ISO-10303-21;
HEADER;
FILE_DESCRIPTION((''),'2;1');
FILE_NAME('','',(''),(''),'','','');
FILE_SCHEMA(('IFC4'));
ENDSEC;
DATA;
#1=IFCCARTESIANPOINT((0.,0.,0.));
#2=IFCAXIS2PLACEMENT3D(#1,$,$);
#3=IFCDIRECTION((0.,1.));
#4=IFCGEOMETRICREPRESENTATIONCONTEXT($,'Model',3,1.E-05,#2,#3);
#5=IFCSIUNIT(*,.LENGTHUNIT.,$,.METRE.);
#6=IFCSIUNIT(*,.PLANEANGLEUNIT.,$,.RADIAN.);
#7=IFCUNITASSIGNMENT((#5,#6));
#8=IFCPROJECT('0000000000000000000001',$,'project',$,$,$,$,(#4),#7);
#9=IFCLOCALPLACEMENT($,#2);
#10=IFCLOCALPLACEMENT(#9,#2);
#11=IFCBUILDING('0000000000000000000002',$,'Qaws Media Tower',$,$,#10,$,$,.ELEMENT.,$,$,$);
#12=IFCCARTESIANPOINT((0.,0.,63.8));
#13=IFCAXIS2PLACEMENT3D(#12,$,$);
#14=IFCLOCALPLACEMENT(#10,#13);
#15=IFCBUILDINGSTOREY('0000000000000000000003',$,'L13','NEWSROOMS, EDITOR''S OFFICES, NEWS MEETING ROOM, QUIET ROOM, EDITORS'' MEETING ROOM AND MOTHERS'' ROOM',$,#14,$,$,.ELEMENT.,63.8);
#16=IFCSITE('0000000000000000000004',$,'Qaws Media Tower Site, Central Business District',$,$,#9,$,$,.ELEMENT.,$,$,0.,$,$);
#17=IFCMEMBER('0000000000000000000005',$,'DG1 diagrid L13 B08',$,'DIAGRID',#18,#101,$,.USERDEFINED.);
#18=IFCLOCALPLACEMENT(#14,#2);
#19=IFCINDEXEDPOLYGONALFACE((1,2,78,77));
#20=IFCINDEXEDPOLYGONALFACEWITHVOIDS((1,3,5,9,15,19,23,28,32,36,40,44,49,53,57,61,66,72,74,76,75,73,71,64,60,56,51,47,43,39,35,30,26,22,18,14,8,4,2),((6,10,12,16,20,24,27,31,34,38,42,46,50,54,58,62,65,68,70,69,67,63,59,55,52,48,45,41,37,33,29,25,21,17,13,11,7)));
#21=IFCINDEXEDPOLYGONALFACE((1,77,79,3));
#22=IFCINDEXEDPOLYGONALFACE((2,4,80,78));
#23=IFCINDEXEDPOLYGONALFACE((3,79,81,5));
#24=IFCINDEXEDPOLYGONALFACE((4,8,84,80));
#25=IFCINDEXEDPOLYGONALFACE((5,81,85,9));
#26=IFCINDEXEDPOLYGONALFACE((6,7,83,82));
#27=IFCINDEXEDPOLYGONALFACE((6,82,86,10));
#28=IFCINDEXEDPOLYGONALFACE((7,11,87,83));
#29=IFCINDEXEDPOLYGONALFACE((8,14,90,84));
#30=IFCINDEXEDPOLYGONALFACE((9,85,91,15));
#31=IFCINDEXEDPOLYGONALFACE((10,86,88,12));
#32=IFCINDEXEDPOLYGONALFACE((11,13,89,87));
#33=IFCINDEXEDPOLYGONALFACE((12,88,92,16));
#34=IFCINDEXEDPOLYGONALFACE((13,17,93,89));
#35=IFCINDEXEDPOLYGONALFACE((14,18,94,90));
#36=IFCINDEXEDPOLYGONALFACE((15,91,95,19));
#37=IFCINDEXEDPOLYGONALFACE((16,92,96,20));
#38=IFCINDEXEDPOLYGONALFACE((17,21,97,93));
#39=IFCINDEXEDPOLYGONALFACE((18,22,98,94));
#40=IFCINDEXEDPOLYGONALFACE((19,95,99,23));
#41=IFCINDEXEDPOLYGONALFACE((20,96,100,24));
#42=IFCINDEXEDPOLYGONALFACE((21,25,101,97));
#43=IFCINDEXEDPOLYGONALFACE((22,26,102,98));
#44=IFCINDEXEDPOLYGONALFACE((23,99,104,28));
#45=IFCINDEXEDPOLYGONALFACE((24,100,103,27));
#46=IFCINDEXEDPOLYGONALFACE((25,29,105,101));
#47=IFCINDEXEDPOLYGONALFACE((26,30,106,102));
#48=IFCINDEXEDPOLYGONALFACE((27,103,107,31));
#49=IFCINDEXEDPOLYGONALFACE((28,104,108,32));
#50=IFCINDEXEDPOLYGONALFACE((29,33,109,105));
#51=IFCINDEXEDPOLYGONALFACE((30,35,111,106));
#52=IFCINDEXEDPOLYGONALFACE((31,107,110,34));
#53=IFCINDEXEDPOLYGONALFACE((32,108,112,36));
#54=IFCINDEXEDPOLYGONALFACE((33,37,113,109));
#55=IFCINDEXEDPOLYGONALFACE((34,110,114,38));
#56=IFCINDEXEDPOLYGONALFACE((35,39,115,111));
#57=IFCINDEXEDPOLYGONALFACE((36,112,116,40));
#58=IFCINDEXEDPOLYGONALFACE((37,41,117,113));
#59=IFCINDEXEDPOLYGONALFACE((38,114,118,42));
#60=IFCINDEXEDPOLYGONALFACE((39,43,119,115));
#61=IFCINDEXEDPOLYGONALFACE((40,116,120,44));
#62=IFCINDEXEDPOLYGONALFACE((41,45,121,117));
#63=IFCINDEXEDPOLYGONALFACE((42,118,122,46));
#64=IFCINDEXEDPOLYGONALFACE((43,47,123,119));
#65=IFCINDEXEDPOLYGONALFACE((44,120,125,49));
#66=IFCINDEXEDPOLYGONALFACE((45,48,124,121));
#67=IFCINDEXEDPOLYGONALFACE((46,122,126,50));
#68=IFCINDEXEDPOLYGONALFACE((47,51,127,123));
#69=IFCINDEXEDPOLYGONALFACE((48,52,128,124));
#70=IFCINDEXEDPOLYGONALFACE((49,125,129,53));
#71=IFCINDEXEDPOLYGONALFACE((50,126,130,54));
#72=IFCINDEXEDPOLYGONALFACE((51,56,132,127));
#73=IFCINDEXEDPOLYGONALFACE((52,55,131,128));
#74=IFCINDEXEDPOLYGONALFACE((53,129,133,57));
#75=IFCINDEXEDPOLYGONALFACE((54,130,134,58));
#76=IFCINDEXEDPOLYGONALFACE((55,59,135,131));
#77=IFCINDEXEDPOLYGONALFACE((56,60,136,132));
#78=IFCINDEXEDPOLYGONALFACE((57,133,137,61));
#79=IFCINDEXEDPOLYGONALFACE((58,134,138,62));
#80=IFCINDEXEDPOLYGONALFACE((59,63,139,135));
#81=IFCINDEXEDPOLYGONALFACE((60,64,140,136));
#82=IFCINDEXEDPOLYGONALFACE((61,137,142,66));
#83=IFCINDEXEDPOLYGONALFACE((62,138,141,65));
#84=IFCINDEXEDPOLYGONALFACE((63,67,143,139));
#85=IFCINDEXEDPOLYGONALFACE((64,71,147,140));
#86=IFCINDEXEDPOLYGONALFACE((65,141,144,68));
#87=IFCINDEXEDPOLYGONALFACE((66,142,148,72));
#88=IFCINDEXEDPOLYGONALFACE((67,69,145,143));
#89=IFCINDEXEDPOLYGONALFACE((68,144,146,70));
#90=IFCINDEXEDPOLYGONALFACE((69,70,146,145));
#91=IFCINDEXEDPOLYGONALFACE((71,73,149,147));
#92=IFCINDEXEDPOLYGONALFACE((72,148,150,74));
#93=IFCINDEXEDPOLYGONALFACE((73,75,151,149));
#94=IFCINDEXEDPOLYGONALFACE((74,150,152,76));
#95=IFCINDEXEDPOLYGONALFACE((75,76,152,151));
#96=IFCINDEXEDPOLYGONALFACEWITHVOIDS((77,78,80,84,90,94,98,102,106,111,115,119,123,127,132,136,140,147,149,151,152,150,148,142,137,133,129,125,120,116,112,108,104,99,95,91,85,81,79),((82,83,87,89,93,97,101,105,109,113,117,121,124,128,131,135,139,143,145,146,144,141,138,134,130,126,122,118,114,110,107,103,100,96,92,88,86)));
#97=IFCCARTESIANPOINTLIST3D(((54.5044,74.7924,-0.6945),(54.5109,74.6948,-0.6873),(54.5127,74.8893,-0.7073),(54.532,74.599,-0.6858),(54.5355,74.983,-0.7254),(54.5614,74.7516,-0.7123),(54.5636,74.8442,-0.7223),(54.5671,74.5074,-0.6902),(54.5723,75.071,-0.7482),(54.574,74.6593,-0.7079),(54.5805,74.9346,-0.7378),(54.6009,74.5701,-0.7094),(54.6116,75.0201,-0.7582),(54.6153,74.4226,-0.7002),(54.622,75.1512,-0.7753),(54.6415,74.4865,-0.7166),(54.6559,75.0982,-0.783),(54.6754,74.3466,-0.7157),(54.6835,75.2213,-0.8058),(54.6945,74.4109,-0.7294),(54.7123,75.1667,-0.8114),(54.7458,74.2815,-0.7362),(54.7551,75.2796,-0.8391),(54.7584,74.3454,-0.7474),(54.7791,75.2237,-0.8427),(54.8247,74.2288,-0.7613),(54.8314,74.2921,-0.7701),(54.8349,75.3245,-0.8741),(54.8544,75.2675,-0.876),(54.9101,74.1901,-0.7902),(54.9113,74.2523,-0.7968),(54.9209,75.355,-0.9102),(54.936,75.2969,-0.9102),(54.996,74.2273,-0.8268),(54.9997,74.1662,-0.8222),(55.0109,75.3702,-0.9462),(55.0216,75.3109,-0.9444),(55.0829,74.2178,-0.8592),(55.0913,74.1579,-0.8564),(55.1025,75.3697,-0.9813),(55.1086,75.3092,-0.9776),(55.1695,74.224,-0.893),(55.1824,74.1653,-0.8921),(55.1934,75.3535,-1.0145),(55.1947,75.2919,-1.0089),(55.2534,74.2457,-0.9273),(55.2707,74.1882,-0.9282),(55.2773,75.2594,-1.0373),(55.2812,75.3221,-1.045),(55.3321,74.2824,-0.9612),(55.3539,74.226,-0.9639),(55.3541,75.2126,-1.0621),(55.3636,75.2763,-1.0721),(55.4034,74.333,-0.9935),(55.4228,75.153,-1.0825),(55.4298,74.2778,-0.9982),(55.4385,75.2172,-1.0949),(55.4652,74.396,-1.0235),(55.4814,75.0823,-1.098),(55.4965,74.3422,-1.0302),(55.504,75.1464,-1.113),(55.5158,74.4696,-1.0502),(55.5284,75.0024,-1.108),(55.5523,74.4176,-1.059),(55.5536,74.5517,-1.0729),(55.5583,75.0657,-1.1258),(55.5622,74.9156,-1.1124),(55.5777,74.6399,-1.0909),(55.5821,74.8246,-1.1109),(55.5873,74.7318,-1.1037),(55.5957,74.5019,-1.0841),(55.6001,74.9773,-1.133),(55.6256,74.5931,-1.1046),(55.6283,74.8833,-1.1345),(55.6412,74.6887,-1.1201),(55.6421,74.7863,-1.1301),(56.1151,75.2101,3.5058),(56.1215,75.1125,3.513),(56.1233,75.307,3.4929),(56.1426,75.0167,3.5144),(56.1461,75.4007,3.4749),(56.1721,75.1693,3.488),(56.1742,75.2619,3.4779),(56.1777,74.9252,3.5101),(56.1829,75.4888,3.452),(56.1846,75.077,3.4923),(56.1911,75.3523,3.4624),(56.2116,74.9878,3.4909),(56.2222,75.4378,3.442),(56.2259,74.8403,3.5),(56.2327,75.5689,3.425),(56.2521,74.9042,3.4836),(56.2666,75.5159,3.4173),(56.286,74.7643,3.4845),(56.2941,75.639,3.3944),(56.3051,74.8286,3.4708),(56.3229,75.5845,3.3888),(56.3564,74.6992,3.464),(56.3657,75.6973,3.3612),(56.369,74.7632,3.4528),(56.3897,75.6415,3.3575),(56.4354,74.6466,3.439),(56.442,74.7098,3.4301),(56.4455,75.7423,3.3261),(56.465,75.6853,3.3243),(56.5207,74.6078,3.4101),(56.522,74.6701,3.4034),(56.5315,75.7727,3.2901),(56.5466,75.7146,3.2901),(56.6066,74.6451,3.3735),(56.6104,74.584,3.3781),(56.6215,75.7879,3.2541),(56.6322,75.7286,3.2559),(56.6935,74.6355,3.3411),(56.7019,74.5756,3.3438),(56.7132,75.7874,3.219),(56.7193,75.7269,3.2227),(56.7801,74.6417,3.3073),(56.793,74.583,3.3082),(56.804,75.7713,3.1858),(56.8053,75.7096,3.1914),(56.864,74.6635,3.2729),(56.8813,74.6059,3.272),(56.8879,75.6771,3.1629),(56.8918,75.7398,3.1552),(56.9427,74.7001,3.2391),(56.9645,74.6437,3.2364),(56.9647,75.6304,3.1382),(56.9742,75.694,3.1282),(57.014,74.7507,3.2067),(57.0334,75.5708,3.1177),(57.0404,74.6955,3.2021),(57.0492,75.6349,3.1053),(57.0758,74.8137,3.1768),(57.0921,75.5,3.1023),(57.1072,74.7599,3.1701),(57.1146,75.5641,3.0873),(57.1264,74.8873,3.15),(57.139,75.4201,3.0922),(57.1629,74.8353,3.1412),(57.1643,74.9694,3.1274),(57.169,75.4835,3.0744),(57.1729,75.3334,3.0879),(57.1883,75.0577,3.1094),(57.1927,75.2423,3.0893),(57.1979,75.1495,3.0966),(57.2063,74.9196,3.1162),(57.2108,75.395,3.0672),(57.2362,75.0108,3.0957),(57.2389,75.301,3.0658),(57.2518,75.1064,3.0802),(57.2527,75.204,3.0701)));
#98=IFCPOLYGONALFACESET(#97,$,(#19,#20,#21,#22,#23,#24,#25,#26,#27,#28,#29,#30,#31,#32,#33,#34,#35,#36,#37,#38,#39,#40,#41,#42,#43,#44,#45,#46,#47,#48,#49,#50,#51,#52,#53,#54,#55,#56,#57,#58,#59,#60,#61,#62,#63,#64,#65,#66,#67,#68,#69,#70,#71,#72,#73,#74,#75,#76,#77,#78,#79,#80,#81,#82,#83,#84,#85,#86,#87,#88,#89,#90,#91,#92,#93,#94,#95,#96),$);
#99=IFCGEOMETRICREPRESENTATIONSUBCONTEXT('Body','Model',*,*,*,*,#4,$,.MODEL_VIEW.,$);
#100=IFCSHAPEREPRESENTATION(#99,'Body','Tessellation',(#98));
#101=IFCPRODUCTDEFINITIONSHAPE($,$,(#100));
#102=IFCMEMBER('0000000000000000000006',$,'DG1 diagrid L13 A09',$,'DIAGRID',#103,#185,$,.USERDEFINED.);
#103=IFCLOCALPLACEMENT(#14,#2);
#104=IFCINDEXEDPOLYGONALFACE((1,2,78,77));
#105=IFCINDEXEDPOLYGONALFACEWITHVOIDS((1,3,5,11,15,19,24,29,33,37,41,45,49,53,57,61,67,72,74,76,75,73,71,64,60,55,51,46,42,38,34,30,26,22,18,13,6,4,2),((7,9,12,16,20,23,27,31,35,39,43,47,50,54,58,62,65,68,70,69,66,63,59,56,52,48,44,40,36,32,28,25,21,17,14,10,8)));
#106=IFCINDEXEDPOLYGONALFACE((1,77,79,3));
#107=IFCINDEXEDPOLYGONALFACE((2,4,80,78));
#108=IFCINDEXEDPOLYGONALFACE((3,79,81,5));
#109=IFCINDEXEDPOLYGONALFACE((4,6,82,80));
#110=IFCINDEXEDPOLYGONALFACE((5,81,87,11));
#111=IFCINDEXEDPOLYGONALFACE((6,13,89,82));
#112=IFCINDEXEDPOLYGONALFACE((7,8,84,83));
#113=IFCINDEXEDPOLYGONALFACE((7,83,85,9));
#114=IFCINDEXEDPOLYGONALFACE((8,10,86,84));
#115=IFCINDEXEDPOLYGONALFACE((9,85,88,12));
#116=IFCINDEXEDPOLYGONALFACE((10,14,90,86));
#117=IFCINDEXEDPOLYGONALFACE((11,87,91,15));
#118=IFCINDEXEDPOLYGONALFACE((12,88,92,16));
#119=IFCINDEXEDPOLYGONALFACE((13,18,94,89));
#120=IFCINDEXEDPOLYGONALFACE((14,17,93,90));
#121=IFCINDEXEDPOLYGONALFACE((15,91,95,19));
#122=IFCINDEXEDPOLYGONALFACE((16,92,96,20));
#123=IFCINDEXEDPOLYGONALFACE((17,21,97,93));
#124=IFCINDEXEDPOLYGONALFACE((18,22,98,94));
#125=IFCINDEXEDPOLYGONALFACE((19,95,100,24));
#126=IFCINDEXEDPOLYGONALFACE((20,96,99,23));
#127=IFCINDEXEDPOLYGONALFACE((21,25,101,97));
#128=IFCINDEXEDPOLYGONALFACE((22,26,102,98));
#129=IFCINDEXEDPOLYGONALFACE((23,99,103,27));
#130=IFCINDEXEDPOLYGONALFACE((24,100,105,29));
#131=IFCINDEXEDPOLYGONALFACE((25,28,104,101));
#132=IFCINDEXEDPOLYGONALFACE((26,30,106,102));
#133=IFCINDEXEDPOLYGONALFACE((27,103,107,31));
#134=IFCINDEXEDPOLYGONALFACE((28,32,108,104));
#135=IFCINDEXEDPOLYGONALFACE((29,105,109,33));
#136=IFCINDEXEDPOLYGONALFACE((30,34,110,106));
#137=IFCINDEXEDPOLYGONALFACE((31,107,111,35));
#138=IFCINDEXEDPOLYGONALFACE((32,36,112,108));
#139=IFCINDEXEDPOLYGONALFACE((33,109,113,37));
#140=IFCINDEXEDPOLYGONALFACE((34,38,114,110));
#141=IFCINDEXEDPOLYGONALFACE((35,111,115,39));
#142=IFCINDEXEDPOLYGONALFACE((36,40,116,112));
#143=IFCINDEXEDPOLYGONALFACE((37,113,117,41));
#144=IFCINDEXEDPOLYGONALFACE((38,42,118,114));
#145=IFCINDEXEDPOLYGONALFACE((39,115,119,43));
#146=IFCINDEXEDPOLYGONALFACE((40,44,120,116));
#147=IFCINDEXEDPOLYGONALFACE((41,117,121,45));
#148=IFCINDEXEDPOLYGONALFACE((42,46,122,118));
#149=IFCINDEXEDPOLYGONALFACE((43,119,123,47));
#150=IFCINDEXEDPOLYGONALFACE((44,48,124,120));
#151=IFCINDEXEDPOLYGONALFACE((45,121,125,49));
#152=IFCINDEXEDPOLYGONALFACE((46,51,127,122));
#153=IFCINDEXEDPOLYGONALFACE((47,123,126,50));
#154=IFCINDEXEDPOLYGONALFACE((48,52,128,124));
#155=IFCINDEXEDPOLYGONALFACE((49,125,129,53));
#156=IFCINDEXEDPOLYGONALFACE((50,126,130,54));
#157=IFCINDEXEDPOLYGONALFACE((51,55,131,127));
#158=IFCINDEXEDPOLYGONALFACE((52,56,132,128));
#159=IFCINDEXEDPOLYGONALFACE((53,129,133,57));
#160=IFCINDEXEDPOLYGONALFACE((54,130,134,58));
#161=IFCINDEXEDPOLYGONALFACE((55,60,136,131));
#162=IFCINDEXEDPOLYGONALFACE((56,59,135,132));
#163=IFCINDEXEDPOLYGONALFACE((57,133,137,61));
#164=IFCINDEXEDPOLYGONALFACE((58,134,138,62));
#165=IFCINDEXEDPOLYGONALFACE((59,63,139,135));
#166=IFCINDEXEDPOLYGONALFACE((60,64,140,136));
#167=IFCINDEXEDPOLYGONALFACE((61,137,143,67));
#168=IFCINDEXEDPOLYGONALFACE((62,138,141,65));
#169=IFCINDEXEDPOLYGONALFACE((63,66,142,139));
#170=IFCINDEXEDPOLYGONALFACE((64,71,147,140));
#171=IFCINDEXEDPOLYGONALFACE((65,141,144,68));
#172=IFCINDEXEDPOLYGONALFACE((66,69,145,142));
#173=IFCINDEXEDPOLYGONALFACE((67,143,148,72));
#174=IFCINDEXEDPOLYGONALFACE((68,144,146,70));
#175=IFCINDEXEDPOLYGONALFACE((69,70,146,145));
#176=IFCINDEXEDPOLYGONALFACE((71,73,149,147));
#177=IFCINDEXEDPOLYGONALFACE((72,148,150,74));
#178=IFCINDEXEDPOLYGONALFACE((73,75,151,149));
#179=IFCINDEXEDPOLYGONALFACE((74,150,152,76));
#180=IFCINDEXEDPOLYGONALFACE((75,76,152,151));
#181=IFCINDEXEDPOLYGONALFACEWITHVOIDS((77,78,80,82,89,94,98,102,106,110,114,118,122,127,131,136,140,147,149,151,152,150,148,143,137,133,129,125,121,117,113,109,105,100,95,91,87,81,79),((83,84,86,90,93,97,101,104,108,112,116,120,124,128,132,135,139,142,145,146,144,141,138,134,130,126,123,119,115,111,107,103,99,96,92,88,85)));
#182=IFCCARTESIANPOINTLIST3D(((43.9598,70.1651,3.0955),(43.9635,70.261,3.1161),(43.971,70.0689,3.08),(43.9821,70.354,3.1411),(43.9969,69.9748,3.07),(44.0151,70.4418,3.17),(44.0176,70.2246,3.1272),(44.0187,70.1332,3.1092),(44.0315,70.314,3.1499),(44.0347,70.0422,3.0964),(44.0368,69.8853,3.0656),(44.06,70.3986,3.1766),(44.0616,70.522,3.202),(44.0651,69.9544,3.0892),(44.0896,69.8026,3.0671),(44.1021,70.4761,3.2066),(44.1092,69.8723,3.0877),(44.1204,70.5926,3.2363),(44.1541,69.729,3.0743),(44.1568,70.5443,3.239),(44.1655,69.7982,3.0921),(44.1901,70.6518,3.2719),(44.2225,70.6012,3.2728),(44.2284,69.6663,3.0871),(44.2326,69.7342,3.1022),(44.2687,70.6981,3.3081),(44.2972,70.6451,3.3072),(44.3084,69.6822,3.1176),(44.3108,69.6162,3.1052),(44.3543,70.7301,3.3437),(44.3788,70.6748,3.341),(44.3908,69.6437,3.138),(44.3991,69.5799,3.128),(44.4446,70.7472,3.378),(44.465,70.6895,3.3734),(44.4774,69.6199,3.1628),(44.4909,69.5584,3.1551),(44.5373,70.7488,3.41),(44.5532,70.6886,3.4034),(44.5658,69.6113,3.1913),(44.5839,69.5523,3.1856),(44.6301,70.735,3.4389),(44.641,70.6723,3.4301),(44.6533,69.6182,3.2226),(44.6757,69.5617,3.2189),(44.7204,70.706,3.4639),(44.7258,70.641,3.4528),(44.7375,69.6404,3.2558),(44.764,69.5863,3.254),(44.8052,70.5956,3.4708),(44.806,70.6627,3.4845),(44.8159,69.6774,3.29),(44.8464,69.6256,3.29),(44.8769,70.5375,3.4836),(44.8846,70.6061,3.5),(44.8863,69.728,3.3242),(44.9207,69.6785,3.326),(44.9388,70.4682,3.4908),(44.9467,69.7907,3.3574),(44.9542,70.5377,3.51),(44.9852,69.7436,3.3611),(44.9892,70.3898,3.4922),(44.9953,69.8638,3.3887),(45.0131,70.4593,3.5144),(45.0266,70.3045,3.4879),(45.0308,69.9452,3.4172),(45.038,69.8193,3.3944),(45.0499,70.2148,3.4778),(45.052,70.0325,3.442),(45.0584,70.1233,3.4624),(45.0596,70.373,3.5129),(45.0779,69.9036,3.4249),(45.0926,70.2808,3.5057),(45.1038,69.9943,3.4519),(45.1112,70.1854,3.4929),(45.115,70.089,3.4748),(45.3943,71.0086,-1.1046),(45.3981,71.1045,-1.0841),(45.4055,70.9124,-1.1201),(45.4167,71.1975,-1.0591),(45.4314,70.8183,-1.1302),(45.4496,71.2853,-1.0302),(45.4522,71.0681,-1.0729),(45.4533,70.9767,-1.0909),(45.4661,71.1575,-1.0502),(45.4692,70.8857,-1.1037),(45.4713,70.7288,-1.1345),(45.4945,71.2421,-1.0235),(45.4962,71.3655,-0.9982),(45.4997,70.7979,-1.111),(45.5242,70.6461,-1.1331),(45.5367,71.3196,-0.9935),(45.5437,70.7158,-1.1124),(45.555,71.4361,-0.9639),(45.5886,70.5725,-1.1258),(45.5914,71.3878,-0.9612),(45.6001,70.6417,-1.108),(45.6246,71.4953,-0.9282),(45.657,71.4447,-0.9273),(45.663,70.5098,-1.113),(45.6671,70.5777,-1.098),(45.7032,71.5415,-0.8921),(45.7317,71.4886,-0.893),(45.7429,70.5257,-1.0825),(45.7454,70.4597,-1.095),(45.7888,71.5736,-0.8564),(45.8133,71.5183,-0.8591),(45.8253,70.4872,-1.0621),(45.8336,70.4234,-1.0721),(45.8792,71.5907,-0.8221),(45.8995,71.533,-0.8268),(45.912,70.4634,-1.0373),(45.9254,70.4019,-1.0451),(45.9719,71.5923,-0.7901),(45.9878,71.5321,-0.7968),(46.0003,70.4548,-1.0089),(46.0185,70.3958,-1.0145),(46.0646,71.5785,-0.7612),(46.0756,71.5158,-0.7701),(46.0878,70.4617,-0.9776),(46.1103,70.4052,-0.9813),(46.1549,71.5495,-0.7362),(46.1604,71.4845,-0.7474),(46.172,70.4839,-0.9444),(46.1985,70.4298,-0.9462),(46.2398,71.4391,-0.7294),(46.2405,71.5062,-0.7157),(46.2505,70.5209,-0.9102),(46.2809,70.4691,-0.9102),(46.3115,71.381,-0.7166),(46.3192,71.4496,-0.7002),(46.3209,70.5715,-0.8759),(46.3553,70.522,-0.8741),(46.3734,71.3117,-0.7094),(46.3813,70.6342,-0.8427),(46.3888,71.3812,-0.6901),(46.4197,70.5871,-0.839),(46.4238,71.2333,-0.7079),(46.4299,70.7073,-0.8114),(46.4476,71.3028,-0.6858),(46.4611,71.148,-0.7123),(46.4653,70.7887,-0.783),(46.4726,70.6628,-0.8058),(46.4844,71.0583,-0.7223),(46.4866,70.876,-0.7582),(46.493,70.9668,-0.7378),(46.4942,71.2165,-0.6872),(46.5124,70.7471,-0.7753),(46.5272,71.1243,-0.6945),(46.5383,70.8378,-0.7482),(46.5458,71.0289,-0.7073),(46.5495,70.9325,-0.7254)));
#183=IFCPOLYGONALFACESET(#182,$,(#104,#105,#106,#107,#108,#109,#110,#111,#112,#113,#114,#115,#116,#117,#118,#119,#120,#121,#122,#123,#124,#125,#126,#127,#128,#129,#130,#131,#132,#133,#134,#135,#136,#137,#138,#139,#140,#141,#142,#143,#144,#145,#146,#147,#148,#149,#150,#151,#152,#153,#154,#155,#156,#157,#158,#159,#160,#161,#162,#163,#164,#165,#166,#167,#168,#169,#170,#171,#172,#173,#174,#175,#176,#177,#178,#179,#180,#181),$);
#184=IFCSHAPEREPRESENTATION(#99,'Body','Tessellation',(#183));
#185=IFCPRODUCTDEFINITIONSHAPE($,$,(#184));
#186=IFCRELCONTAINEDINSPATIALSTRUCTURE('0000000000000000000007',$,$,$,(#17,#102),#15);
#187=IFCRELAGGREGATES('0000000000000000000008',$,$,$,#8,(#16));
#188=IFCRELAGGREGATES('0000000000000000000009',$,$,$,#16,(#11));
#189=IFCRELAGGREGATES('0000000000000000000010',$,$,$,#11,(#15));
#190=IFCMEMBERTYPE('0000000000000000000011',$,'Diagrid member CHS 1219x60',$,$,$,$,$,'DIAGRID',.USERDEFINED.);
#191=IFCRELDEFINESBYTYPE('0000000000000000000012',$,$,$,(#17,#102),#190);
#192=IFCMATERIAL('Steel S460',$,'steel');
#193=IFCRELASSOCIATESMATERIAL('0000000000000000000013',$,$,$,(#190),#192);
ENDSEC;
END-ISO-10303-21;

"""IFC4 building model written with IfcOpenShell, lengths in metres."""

from ifc_helpers import new_model, si_unit, direction, frame, origin, origin_2d, place, context, subcontext, project, spatial, hollow_circle, extrude, material, material_profile, profile_set, type_object, element, save


model = new_model("IFC4")

# Units and contexts
model_context = context("Model", 3, precision=1e-05, world=origin(), true_north=direction((0.0, 1.0)))
body_context = subcontext(model_context, "Body", "Model", "MODEL_VIEW")
ifc_project = project(units=[si_unit("LENGTHUNIT", "METRE"), si_unit("PLANEANGLEUNIT", "RADIAN")], contexts=[model_context])

# Site, building, storey
site_placement = place(None, origin())
site = spatial("IfcSite", under=ifc_project, at=site_placement, Name="Qaws Media Tower Site, Central Business District", CompositionType="ELEMENT", RefElevation=0.0)
building_placement = place(site_placement, origin())
building = spatial("IfcBuilding", under=site, at=building_placement, Name="Qaws Media Tower", CompositionType="ELEMENT")
storey_placement = place(building_placement, frame((0.0, 0.0, 63.8)))
storey = spatial("IfcBuildingStorey", under=building, at=storey_placement, Name="L13", Description="NEWSROOMS, EDITOR'S OFFICES, NEWS MEETING ROOM, QUIET ROOM, EDITORS' MEETING ROOM AND MOTHERS' ROOM", CompositionType="ELEMENT", Elevation=63.8)

# Members
ifc_material_1 = material(Name="Steel S460", Category="steel")
ifc_material_profile_1 = material_profile(ifc_material_1, hollow_circle(Radius=0.6096, WallThickness=0.0601, at=origin_2d()), Name="CHS 1219x60")
ifc_profile_set_1 = profile_set([ifc_material_profile_1], Name="Steel S460")
member_type_1 = type_object("IfcMemberType", Name="Diagrid member CHS 1219x60", ElementType="DIAGRID", PredefinedType="USERDEFINED", material=ifc_profile_set_1)
for number, where, z_axis, x_axis, name in (
    (1, (55.074, 74.7649, -0.9102), (0.356503, 0.092463, 0.929708), (-0.251054, 0.967973, 0.0), "DG1 diagrid L13 B08"),
    (2, (45.9719, 70.9946, -0.9102), (-0.317533, -0.186704, 0.929685), (0.50686, -0.862028, 0.0), "DG1 diagrid L13 A09"),
):
    element("IfcMember", number, at=place(storey_placement, frame(where, z_axis=z_axis, x_axis=x_axis)), inside=storey, type_object=member_type_1, Name=name, ObjectType="DIAGRID", PredefinedType="USERDEFINED", context=body_context, shape_type="SweptSolid", body=[
        extrude(hollow_circle(Radius=0.6096, WallThickness=0.0601, at=origin_2d()), origin(), (0.0, 0.0, 1.0), 4.5178),
    ])

save(model, "model.ifc")
